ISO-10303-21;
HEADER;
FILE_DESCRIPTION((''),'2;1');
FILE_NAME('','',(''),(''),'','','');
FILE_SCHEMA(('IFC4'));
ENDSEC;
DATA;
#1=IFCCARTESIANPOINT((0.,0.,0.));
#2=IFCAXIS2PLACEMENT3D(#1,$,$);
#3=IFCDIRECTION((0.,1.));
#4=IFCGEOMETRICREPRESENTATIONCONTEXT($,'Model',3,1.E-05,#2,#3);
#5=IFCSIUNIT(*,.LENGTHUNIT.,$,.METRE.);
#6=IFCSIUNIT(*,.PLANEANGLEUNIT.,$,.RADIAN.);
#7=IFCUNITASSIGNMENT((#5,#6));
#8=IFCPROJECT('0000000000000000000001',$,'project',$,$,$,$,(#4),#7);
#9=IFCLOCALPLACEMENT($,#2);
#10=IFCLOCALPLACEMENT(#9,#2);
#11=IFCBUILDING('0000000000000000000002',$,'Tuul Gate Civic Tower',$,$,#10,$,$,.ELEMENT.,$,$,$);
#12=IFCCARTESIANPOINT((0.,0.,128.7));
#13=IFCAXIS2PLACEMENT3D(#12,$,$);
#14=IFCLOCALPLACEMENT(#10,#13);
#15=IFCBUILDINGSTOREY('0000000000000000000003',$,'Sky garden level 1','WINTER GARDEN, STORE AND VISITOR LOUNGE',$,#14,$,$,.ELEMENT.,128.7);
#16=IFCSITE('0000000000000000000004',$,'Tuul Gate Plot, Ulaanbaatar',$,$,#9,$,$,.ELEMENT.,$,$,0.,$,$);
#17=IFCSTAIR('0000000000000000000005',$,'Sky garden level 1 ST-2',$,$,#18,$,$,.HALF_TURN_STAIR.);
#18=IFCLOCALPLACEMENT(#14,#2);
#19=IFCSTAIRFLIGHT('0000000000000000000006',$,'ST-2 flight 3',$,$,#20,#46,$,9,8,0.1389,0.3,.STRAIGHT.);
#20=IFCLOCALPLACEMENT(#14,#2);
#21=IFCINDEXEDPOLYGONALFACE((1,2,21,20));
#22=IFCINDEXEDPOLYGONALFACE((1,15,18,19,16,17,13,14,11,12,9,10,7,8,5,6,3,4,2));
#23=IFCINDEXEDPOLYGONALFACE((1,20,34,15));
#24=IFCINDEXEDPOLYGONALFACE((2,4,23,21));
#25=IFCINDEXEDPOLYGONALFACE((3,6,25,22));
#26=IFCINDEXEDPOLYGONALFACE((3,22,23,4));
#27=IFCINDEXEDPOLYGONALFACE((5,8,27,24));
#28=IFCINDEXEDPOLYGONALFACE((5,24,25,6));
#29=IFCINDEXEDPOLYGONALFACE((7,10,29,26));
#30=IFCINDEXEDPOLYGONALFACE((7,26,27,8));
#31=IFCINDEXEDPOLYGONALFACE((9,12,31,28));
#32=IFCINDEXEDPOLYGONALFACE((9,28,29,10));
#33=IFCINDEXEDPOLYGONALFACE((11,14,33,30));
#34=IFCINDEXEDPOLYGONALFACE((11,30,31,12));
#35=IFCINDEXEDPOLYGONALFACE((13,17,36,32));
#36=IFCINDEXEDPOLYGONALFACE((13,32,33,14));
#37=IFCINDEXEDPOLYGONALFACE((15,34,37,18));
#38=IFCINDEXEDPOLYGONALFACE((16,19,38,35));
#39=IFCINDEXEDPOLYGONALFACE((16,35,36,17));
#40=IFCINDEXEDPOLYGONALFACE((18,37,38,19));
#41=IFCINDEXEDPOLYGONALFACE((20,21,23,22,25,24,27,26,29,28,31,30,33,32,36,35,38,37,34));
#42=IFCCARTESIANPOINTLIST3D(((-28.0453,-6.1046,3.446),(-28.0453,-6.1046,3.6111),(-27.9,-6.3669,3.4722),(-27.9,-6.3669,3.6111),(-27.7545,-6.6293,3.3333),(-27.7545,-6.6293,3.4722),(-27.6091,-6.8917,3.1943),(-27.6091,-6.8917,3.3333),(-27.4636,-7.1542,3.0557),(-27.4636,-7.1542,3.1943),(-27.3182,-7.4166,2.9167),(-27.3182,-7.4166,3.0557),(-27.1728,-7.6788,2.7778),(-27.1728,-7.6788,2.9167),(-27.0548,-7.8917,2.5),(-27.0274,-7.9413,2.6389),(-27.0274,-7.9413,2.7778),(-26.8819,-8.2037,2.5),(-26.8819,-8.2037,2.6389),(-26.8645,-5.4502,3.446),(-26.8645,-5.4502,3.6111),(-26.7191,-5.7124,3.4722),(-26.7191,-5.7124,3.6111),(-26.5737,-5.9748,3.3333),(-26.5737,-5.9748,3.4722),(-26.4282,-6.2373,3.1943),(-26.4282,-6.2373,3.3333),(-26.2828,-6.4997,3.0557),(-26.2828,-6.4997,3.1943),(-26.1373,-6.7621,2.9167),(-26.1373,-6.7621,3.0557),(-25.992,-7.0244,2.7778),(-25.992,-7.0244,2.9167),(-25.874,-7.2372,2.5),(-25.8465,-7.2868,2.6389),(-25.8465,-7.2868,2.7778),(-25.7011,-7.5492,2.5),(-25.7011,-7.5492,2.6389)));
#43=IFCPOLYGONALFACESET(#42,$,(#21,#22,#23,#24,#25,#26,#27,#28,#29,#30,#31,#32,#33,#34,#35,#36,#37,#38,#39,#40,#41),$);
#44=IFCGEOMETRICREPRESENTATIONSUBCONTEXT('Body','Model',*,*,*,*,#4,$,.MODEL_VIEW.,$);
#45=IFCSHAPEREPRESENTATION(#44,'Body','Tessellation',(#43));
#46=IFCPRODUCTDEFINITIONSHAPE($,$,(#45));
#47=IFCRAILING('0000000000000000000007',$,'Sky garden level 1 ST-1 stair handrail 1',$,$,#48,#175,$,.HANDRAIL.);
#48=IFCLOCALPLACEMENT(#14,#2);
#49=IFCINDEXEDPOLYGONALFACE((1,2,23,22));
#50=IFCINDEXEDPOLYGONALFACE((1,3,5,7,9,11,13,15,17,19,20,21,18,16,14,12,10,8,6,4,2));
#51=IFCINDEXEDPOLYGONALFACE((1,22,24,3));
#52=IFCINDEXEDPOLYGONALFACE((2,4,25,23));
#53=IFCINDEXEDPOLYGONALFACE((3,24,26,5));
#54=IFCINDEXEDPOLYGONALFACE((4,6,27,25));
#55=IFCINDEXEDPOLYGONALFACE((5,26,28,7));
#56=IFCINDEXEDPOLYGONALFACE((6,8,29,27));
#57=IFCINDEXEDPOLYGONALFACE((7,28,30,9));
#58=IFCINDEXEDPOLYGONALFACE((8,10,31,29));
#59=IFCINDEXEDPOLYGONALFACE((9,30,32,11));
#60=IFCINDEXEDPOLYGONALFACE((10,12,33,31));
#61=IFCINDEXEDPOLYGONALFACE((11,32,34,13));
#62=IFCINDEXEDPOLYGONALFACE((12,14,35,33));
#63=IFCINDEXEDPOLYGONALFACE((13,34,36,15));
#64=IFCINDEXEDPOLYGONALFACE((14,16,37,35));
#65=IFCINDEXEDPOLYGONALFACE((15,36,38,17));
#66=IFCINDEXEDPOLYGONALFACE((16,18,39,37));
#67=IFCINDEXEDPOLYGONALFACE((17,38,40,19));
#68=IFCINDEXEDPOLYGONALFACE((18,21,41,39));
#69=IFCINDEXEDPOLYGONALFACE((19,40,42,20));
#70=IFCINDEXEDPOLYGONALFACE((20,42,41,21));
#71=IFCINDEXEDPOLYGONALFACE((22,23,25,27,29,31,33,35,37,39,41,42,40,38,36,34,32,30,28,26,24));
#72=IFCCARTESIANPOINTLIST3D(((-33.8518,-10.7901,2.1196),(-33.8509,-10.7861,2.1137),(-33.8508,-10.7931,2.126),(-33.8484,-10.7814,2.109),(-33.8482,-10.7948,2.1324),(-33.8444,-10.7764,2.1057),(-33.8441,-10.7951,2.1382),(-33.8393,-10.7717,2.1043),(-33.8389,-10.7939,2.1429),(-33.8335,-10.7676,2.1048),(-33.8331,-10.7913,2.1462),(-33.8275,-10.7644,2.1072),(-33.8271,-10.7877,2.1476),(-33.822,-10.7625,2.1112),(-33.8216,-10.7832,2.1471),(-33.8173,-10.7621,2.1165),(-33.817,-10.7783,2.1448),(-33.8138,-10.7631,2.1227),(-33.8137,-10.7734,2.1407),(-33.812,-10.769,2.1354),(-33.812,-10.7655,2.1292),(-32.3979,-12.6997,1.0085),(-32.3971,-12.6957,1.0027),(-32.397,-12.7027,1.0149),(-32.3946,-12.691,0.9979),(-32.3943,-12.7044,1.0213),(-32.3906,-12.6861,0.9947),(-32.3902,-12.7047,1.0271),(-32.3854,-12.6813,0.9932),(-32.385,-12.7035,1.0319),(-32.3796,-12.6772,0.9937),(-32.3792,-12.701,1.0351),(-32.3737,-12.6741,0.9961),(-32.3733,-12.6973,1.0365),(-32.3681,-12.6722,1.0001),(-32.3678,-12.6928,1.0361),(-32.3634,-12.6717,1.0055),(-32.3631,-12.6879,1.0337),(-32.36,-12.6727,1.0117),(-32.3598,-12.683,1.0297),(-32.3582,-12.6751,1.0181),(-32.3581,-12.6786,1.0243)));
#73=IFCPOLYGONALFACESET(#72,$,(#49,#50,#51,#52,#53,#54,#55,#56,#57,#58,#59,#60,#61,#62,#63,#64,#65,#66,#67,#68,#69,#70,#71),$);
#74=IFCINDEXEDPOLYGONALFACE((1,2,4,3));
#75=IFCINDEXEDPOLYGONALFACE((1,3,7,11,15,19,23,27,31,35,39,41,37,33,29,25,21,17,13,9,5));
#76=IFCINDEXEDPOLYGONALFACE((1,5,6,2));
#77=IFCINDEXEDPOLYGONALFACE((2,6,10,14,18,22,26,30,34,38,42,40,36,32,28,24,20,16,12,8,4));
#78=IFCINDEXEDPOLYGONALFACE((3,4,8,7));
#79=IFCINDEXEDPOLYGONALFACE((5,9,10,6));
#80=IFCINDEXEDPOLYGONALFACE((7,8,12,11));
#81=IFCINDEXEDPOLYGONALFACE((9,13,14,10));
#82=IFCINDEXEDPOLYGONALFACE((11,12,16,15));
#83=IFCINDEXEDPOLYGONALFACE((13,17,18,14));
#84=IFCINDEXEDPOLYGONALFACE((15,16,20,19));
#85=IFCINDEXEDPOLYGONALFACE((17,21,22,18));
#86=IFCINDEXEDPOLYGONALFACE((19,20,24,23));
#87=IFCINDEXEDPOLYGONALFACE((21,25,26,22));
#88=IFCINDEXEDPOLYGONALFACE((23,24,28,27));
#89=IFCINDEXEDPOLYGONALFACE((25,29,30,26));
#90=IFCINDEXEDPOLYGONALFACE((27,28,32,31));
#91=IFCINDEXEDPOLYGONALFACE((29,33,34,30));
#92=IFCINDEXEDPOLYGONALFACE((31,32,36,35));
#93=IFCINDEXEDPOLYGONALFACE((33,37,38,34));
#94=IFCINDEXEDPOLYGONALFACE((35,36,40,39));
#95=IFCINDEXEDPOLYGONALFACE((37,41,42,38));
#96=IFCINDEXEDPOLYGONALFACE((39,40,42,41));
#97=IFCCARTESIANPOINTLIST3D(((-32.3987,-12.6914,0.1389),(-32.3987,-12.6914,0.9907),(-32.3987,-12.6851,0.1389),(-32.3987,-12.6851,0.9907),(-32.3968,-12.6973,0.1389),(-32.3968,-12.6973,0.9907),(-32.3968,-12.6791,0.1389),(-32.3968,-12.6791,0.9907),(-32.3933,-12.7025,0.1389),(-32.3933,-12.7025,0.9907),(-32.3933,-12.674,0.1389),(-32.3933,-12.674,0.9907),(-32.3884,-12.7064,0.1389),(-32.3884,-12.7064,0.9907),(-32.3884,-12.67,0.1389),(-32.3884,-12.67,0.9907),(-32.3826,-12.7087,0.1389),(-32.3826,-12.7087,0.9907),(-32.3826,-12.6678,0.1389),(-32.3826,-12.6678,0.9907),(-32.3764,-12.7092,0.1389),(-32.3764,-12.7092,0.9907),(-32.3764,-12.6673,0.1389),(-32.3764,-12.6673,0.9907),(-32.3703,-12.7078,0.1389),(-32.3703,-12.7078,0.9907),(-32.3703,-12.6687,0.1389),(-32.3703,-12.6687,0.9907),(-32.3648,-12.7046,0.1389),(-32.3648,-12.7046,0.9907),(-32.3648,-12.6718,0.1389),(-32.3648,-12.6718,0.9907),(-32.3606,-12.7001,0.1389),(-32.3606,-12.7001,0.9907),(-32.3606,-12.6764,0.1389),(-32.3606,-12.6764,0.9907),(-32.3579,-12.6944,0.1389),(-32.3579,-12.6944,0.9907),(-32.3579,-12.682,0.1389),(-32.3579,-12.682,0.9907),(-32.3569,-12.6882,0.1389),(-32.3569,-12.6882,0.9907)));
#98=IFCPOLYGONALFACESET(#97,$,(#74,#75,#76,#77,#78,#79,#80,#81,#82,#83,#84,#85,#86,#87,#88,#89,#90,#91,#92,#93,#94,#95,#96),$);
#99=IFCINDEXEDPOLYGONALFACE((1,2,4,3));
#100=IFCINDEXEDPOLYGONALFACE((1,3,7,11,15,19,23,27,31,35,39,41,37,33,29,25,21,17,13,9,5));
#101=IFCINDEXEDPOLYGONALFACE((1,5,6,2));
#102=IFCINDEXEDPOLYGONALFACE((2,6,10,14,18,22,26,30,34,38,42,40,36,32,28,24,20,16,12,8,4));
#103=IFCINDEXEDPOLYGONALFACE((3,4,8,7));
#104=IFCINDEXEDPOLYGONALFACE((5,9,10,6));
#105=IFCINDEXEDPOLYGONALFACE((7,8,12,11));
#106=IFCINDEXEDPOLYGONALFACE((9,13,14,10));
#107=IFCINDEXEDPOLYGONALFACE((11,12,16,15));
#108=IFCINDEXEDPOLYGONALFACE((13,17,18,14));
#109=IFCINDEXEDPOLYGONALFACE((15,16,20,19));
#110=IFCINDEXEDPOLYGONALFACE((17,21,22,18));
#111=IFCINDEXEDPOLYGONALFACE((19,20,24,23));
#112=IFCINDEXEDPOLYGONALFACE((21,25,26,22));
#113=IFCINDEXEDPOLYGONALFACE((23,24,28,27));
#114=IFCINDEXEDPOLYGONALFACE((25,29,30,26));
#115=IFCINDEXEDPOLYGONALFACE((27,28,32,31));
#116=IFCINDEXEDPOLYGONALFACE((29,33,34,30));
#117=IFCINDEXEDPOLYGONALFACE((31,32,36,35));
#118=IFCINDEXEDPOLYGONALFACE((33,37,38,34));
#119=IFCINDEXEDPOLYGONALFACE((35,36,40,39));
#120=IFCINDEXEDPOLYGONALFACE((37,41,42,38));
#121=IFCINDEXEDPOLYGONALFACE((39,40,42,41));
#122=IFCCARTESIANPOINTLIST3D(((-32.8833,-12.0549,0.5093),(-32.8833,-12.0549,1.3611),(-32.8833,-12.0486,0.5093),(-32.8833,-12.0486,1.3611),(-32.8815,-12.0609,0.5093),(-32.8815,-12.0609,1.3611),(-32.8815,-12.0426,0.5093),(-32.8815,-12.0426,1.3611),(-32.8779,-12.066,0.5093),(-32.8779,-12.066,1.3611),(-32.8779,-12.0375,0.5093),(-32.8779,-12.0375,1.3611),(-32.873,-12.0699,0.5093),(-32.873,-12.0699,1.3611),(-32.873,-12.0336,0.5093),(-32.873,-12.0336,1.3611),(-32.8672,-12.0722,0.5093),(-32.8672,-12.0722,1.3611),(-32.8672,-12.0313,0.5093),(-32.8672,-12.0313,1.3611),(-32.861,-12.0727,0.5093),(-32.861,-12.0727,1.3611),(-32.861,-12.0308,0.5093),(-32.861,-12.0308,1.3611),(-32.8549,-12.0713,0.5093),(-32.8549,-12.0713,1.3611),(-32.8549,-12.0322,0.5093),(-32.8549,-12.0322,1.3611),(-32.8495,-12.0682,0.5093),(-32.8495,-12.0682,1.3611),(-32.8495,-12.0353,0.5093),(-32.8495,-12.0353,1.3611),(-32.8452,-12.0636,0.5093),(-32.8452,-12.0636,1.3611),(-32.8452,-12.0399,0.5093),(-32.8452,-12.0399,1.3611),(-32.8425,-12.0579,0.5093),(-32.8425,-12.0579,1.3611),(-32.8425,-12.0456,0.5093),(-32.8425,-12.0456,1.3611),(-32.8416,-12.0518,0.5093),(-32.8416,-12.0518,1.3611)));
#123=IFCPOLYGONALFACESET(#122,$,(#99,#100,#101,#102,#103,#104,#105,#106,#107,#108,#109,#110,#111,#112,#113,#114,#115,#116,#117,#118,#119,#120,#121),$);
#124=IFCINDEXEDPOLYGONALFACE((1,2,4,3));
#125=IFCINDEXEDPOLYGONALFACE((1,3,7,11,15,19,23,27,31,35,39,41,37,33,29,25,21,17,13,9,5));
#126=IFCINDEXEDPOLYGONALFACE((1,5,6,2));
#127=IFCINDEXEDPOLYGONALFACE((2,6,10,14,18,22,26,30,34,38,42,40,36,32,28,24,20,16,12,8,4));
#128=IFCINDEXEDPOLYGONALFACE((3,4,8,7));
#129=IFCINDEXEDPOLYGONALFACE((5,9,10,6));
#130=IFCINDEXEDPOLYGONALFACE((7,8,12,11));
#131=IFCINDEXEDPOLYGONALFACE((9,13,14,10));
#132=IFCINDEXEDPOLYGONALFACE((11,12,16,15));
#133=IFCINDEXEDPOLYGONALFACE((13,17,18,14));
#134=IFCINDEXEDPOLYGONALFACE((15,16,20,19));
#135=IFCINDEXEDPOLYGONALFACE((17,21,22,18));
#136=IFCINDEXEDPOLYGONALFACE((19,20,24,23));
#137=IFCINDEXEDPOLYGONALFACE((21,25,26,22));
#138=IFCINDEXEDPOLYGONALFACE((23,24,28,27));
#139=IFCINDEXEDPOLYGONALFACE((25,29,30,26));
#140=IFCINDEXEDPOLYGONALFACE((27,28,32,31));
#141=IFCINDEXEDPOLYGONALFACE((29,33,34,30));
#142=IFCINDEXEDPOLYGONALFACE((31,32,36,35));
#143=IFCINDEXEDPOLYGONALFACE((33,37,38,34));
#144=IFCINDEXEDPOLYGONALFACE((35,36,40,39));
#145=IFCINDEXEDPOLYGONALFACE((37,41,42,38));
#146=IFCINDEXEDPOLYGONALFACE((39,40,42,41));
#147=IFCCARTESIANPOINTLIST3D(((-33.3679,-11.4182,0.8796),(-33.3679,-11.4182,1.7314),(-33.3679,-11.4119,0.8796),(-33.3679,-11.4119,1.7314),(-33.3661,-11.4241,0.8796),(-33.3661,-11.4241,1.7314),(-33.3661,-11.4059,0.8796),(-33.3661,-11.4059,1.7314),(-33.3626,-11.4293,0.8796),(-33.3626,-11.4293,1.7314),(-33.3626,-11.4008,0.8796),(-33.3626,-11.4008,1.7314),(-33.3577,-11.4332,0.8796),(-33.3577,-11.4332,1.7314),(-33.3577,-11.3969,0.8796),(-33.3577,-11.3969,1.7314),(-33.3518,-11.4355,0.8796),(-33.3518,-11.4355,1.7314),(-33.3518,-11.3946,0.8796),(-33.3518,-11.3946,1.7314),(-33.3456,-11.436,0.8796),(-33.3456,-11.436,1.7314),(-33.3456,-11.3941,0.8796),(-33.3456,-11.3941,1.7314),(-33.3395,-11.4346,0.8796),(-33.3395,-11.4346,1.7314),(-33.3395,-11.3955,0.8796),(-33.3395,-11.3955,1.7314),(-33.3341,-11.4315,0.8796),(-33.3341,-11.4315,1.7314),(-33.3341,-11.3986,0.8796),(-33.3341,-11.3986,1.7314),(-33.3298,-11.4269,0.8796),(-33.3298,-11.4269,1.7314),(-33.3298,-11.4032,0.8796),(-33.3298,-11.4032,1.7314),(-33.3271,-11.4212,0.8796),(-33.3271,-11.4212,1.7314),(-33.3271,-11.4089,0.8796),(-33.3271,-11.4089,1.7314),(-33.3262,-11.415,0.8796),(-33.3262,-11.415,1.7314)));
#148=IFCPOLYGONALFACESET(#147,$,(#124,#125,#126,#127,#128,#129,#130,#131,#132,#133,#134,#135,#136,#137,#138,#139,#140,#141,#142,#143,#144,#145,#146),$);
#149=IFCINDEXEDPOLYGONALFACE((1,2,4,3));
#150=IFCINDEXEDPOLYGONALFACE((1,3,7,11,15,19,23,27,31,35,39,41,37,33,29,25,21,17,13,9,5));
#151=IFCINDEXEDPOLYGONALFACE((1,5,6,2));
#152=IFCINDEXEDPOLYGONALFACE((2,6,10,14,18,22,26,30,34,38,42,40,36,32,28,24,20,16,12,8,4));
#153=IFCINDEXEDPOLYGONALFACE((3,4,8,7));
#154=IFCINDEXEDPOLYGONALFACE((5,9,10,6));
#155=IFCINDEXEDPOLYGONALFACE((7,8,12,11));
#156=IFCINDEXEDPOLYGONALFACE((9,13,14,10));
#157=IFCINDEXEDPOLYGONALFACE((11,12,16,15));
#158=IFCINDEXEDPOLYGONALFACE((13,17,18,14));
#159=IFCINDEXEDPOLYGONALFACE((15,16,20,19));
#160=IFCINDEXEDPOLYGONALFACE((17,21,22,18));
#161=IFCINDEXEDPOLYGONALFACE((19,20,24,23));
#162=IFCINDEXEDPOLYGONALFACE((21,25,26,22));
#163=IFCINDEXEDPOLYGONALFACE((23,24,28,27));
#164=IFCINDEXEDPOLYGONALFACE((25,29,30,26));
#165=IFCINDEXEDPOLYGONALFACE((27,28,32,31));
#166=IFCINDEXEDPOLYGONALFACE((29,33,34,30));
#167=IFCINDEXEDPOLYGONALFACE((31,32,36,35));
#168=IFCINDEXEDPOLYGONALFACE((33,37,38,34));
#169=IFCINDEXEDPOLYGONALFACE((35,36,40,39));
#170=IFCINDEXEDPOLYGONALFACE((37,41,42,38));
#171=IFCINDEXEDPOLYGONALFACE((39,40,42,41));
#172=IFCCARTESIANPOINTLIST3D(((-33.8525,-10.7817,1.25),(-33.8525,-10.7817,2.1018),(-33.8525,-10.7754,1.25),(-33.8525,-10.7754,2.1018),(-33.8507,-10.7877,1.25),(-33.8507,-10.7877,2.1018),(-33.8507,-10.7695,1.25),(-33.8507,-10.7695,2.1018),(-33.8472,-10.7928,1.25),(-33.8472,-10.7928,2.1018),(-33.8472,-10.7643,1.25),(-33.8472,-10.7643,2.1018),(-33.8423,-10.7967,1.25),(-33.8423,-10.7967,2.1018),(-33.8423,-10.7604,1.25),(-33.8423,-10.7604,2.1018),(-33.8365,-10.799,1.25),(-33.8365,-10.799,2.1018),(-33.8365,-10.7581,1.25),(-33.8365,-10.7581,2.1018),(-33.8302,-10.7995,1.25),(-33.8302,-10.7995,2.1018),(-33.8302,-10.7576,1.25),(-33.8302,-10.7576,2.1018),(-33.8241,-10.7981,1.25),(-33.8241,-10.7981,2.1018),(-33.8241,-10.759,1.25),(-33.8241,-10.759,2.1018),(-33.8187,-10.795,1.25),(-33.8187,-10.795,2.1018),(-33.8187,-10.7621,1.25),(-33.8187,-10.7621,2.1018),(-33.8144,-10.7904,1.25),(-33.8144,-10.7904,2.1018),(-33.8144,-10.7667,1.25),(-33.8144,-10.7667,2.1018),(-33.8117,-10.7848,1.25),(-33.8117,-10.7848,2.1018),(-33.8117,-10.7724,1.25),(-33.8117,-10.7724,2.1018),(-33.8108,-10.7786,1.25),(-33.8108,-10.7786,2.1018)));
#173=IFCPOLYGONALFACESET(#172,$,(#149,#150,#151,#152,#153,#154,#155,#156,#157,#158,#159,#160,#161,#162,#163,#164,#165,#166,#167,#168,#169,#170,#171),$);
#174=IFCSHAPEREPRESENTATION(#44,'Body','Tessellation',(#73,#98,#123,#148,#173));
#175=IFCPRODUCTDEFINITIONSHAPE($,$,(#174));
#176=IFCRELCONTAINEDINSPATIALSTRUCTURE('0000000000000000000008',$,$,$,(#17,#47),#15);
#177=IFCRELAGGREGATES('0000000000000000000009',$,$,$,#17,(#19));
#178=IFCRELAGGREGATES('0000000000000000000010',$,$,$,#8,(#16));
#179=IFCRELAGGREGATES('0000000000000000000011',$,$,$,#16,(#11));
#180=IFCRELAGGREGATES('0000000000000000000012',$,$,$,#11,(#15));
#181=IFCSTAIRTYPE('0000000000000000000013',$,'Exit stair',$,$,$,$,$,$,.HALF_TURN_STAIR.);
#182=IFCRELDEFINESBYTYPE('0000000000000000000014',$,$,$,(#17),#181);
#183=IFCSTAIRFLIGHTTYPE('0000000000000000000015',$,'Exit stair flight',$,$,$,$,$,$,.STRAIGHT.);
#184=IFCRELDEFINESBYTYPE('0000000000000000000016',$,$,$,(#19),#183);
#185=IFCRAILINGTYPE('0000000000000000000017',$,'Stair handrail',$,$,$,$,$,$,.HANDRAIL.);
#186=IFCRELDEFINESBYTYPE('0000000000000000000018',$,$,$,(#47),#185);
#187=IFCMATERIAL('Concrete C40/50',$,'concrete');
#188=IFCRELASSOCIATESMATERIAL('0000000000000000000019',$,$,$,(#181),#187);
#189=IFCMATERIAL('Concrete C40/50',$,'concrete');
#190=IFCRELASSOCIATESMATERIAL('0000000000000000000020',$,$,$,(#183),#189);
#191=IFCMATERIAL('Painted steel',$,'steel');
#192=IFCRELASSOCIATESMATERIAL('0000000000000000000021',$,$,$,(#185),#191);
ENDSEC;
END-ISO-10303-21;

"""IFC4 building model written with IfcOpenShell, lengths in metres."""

from ifc_helpers import new_model, si_unit, direction, frame, origin, origin_2d, place, context, subcontext, project, spatial, polyline, circle, outline, extrude, material, type_object, element, aggregate, save


model = new_model("IFC4")

# Units and contexts
model_context = context("Model", 3, precision=1e-05, world=origin(), true_north=direction((0.0, 1.0)))
body_context = subcontext(model_context, "Body", "Model", "MODEL_VIEW")
ifc_project = project(units=[si_unit("LENGTHUNIT", "METRE"), si_unit("PLANEANGLEUNIT", "RADIAN")], contexts=[model_context])

# Site, building, storey
site_placement = place(None, origin())
site = spatial("IfcSite", under=ifc_project, at=site_placement, Name="Tuul Gate Plot, Ulaanbaatar", CompositionType="ELEMENT", RefElevation=0.0)
building_placement = place(site_placement, origin())
building = spatial("IfcBuilding", under=site, at=building_placement, Name="Tuul Gate Civic Tower", CompositionType="ELEMENT")
storey_placement = place(building_placement, frame((0.0, 0.0, 128.7)))
storey = spatial("IfcBuildingStorey", under=building, at=storey_placement, Name="Sky garden level 1", Description="WINTER GARDEN, STORE AND VISITOR LOUNGE", CompositionType="ELEMENT", Elevation=128.7)

# Stair, stair flight
ifc_material_1 = material(Name="Concrete C40/50", Category="concrete")
stair_type = type_object("IfcStairType", Name="Exit stair", PredefinedType="HALF_TURN_STAIR", material=ifc_material_1)
ifc_material_2 = material(Name="Concrete C40/50", Category="concrete")
stair_flight_type = type_object("IfcStairFlightType", Name="Exit stair flight", PredefinedType="STRAIGHT", material=ifc_material_2)
stair_1_placement = place(storey_placement, origin())
stair_1 = element("IfcStair", 1, at=stair_1_placement, inside=storey, type_object=stair_type, Name="Sky garden level 1 ST-2", PredefinedType="HALF_TURN_STAIR")
stair_flight_1_placement = place(storey_placement, frame((-26.2915, -7.8765, 2.5), z_axis=(0.0, 0.0, 1.0), x_axis=(-0.484762, 0.874646, 0.0)))
stair_flight_1 = element("IfcStairFlight", 2, at=stair_flight_1_placement, type_object=stair_flight_type, Name="ST-2 flight 3", NumberOfRisers=9, NumberOfTreads=8, PredefinedType="STRAIGHT", RiserHeight=0.1389, TreadLength=0.3, context=body_context, shape_type="SweptSolid", body=[
    extrude(outline(polyline([(0.0, 0.0), (0.0, 0.1389), (0.3, 0.1389), (0.3, 0.2778), (0.6001, 0.2778), (0.6001, 0.4167), (0.8999, 0.4167), (0.8999, 0.5557), (1.2, 0.5557), (1.2, 0.6943), (1.5, 0.6943), (1.5, 0.8333), (1.8, 0.8333), (1.8, 0.9722), (2.1001, 0.9722), (2.1001, 1.1111), (2.3999, 1.1111), (2.3999, 1.25), (2.3999, 0.946), (0.3567, 0.0), (0.0, 0.0)])), frame((0.0, 0.675, 0.0), z_axis=(0.0, -1.0, 0.0), x_axis=(1.0, 0.0, 0.0)), (0.0, 0.0, 1.0), 1.3501),
])
aggregate(stair_1, [stair_flight_1])

# Railing
ifc_material_3 = material(Name="Painted steel", Category="steel")
railing_type_1 = type_object("IfcRailingType", Name="Stair handrail", PredefinedType="HANDRAIL", material=ifc_material_3)
for number, where, name in (
    (3, (-32.3779, -12.6882, 0.1389), "Sky garden level 1 ST-1 stair handrail 1"),
):
    element("IfcRailing", number, at=place(storey_placement, frame(where)), inside=storey, type_object=railing_type_1, Name=name, PredefinedType="HANDRAIL", context=body_context, shape_type="SweptSolid", body=[
        extrude(circle(Radius=0.0239, at=origin_2d()), frame((0.0, 0.0, 0.876), z_axis=(-0.549701, 0.722042, 0.420099), x_axis=(-0.795658, -0.605746, 0.0)), (0.0, 0.0, 1.0), 2.6448),
        extrude(circle(Radius=0.021, at=origin_2d()), origin(), (0.0, 0.0, 1.0), 0.8518),
        extrude(circle(Radius=0.021, at=origin_2d()), frame((-0.4846, 0.6365, 0.3704)), (0.0, 0.0, 1.0), 0.8518),
        extrude(circle(Radius=0.021, at=origin_2d()), frame((-0.9692, 1.2732, 0.7407)), (0.0, 0.0, 1.0), 0.8518),
        extrude(circle(Radius=0.021, at=origin_2d()), frame((-1.4539, 1.9097, 1.1111)), (0.0, 0.0, 1.0), 0.8518),
    ])

save(model, "model.ifc")
